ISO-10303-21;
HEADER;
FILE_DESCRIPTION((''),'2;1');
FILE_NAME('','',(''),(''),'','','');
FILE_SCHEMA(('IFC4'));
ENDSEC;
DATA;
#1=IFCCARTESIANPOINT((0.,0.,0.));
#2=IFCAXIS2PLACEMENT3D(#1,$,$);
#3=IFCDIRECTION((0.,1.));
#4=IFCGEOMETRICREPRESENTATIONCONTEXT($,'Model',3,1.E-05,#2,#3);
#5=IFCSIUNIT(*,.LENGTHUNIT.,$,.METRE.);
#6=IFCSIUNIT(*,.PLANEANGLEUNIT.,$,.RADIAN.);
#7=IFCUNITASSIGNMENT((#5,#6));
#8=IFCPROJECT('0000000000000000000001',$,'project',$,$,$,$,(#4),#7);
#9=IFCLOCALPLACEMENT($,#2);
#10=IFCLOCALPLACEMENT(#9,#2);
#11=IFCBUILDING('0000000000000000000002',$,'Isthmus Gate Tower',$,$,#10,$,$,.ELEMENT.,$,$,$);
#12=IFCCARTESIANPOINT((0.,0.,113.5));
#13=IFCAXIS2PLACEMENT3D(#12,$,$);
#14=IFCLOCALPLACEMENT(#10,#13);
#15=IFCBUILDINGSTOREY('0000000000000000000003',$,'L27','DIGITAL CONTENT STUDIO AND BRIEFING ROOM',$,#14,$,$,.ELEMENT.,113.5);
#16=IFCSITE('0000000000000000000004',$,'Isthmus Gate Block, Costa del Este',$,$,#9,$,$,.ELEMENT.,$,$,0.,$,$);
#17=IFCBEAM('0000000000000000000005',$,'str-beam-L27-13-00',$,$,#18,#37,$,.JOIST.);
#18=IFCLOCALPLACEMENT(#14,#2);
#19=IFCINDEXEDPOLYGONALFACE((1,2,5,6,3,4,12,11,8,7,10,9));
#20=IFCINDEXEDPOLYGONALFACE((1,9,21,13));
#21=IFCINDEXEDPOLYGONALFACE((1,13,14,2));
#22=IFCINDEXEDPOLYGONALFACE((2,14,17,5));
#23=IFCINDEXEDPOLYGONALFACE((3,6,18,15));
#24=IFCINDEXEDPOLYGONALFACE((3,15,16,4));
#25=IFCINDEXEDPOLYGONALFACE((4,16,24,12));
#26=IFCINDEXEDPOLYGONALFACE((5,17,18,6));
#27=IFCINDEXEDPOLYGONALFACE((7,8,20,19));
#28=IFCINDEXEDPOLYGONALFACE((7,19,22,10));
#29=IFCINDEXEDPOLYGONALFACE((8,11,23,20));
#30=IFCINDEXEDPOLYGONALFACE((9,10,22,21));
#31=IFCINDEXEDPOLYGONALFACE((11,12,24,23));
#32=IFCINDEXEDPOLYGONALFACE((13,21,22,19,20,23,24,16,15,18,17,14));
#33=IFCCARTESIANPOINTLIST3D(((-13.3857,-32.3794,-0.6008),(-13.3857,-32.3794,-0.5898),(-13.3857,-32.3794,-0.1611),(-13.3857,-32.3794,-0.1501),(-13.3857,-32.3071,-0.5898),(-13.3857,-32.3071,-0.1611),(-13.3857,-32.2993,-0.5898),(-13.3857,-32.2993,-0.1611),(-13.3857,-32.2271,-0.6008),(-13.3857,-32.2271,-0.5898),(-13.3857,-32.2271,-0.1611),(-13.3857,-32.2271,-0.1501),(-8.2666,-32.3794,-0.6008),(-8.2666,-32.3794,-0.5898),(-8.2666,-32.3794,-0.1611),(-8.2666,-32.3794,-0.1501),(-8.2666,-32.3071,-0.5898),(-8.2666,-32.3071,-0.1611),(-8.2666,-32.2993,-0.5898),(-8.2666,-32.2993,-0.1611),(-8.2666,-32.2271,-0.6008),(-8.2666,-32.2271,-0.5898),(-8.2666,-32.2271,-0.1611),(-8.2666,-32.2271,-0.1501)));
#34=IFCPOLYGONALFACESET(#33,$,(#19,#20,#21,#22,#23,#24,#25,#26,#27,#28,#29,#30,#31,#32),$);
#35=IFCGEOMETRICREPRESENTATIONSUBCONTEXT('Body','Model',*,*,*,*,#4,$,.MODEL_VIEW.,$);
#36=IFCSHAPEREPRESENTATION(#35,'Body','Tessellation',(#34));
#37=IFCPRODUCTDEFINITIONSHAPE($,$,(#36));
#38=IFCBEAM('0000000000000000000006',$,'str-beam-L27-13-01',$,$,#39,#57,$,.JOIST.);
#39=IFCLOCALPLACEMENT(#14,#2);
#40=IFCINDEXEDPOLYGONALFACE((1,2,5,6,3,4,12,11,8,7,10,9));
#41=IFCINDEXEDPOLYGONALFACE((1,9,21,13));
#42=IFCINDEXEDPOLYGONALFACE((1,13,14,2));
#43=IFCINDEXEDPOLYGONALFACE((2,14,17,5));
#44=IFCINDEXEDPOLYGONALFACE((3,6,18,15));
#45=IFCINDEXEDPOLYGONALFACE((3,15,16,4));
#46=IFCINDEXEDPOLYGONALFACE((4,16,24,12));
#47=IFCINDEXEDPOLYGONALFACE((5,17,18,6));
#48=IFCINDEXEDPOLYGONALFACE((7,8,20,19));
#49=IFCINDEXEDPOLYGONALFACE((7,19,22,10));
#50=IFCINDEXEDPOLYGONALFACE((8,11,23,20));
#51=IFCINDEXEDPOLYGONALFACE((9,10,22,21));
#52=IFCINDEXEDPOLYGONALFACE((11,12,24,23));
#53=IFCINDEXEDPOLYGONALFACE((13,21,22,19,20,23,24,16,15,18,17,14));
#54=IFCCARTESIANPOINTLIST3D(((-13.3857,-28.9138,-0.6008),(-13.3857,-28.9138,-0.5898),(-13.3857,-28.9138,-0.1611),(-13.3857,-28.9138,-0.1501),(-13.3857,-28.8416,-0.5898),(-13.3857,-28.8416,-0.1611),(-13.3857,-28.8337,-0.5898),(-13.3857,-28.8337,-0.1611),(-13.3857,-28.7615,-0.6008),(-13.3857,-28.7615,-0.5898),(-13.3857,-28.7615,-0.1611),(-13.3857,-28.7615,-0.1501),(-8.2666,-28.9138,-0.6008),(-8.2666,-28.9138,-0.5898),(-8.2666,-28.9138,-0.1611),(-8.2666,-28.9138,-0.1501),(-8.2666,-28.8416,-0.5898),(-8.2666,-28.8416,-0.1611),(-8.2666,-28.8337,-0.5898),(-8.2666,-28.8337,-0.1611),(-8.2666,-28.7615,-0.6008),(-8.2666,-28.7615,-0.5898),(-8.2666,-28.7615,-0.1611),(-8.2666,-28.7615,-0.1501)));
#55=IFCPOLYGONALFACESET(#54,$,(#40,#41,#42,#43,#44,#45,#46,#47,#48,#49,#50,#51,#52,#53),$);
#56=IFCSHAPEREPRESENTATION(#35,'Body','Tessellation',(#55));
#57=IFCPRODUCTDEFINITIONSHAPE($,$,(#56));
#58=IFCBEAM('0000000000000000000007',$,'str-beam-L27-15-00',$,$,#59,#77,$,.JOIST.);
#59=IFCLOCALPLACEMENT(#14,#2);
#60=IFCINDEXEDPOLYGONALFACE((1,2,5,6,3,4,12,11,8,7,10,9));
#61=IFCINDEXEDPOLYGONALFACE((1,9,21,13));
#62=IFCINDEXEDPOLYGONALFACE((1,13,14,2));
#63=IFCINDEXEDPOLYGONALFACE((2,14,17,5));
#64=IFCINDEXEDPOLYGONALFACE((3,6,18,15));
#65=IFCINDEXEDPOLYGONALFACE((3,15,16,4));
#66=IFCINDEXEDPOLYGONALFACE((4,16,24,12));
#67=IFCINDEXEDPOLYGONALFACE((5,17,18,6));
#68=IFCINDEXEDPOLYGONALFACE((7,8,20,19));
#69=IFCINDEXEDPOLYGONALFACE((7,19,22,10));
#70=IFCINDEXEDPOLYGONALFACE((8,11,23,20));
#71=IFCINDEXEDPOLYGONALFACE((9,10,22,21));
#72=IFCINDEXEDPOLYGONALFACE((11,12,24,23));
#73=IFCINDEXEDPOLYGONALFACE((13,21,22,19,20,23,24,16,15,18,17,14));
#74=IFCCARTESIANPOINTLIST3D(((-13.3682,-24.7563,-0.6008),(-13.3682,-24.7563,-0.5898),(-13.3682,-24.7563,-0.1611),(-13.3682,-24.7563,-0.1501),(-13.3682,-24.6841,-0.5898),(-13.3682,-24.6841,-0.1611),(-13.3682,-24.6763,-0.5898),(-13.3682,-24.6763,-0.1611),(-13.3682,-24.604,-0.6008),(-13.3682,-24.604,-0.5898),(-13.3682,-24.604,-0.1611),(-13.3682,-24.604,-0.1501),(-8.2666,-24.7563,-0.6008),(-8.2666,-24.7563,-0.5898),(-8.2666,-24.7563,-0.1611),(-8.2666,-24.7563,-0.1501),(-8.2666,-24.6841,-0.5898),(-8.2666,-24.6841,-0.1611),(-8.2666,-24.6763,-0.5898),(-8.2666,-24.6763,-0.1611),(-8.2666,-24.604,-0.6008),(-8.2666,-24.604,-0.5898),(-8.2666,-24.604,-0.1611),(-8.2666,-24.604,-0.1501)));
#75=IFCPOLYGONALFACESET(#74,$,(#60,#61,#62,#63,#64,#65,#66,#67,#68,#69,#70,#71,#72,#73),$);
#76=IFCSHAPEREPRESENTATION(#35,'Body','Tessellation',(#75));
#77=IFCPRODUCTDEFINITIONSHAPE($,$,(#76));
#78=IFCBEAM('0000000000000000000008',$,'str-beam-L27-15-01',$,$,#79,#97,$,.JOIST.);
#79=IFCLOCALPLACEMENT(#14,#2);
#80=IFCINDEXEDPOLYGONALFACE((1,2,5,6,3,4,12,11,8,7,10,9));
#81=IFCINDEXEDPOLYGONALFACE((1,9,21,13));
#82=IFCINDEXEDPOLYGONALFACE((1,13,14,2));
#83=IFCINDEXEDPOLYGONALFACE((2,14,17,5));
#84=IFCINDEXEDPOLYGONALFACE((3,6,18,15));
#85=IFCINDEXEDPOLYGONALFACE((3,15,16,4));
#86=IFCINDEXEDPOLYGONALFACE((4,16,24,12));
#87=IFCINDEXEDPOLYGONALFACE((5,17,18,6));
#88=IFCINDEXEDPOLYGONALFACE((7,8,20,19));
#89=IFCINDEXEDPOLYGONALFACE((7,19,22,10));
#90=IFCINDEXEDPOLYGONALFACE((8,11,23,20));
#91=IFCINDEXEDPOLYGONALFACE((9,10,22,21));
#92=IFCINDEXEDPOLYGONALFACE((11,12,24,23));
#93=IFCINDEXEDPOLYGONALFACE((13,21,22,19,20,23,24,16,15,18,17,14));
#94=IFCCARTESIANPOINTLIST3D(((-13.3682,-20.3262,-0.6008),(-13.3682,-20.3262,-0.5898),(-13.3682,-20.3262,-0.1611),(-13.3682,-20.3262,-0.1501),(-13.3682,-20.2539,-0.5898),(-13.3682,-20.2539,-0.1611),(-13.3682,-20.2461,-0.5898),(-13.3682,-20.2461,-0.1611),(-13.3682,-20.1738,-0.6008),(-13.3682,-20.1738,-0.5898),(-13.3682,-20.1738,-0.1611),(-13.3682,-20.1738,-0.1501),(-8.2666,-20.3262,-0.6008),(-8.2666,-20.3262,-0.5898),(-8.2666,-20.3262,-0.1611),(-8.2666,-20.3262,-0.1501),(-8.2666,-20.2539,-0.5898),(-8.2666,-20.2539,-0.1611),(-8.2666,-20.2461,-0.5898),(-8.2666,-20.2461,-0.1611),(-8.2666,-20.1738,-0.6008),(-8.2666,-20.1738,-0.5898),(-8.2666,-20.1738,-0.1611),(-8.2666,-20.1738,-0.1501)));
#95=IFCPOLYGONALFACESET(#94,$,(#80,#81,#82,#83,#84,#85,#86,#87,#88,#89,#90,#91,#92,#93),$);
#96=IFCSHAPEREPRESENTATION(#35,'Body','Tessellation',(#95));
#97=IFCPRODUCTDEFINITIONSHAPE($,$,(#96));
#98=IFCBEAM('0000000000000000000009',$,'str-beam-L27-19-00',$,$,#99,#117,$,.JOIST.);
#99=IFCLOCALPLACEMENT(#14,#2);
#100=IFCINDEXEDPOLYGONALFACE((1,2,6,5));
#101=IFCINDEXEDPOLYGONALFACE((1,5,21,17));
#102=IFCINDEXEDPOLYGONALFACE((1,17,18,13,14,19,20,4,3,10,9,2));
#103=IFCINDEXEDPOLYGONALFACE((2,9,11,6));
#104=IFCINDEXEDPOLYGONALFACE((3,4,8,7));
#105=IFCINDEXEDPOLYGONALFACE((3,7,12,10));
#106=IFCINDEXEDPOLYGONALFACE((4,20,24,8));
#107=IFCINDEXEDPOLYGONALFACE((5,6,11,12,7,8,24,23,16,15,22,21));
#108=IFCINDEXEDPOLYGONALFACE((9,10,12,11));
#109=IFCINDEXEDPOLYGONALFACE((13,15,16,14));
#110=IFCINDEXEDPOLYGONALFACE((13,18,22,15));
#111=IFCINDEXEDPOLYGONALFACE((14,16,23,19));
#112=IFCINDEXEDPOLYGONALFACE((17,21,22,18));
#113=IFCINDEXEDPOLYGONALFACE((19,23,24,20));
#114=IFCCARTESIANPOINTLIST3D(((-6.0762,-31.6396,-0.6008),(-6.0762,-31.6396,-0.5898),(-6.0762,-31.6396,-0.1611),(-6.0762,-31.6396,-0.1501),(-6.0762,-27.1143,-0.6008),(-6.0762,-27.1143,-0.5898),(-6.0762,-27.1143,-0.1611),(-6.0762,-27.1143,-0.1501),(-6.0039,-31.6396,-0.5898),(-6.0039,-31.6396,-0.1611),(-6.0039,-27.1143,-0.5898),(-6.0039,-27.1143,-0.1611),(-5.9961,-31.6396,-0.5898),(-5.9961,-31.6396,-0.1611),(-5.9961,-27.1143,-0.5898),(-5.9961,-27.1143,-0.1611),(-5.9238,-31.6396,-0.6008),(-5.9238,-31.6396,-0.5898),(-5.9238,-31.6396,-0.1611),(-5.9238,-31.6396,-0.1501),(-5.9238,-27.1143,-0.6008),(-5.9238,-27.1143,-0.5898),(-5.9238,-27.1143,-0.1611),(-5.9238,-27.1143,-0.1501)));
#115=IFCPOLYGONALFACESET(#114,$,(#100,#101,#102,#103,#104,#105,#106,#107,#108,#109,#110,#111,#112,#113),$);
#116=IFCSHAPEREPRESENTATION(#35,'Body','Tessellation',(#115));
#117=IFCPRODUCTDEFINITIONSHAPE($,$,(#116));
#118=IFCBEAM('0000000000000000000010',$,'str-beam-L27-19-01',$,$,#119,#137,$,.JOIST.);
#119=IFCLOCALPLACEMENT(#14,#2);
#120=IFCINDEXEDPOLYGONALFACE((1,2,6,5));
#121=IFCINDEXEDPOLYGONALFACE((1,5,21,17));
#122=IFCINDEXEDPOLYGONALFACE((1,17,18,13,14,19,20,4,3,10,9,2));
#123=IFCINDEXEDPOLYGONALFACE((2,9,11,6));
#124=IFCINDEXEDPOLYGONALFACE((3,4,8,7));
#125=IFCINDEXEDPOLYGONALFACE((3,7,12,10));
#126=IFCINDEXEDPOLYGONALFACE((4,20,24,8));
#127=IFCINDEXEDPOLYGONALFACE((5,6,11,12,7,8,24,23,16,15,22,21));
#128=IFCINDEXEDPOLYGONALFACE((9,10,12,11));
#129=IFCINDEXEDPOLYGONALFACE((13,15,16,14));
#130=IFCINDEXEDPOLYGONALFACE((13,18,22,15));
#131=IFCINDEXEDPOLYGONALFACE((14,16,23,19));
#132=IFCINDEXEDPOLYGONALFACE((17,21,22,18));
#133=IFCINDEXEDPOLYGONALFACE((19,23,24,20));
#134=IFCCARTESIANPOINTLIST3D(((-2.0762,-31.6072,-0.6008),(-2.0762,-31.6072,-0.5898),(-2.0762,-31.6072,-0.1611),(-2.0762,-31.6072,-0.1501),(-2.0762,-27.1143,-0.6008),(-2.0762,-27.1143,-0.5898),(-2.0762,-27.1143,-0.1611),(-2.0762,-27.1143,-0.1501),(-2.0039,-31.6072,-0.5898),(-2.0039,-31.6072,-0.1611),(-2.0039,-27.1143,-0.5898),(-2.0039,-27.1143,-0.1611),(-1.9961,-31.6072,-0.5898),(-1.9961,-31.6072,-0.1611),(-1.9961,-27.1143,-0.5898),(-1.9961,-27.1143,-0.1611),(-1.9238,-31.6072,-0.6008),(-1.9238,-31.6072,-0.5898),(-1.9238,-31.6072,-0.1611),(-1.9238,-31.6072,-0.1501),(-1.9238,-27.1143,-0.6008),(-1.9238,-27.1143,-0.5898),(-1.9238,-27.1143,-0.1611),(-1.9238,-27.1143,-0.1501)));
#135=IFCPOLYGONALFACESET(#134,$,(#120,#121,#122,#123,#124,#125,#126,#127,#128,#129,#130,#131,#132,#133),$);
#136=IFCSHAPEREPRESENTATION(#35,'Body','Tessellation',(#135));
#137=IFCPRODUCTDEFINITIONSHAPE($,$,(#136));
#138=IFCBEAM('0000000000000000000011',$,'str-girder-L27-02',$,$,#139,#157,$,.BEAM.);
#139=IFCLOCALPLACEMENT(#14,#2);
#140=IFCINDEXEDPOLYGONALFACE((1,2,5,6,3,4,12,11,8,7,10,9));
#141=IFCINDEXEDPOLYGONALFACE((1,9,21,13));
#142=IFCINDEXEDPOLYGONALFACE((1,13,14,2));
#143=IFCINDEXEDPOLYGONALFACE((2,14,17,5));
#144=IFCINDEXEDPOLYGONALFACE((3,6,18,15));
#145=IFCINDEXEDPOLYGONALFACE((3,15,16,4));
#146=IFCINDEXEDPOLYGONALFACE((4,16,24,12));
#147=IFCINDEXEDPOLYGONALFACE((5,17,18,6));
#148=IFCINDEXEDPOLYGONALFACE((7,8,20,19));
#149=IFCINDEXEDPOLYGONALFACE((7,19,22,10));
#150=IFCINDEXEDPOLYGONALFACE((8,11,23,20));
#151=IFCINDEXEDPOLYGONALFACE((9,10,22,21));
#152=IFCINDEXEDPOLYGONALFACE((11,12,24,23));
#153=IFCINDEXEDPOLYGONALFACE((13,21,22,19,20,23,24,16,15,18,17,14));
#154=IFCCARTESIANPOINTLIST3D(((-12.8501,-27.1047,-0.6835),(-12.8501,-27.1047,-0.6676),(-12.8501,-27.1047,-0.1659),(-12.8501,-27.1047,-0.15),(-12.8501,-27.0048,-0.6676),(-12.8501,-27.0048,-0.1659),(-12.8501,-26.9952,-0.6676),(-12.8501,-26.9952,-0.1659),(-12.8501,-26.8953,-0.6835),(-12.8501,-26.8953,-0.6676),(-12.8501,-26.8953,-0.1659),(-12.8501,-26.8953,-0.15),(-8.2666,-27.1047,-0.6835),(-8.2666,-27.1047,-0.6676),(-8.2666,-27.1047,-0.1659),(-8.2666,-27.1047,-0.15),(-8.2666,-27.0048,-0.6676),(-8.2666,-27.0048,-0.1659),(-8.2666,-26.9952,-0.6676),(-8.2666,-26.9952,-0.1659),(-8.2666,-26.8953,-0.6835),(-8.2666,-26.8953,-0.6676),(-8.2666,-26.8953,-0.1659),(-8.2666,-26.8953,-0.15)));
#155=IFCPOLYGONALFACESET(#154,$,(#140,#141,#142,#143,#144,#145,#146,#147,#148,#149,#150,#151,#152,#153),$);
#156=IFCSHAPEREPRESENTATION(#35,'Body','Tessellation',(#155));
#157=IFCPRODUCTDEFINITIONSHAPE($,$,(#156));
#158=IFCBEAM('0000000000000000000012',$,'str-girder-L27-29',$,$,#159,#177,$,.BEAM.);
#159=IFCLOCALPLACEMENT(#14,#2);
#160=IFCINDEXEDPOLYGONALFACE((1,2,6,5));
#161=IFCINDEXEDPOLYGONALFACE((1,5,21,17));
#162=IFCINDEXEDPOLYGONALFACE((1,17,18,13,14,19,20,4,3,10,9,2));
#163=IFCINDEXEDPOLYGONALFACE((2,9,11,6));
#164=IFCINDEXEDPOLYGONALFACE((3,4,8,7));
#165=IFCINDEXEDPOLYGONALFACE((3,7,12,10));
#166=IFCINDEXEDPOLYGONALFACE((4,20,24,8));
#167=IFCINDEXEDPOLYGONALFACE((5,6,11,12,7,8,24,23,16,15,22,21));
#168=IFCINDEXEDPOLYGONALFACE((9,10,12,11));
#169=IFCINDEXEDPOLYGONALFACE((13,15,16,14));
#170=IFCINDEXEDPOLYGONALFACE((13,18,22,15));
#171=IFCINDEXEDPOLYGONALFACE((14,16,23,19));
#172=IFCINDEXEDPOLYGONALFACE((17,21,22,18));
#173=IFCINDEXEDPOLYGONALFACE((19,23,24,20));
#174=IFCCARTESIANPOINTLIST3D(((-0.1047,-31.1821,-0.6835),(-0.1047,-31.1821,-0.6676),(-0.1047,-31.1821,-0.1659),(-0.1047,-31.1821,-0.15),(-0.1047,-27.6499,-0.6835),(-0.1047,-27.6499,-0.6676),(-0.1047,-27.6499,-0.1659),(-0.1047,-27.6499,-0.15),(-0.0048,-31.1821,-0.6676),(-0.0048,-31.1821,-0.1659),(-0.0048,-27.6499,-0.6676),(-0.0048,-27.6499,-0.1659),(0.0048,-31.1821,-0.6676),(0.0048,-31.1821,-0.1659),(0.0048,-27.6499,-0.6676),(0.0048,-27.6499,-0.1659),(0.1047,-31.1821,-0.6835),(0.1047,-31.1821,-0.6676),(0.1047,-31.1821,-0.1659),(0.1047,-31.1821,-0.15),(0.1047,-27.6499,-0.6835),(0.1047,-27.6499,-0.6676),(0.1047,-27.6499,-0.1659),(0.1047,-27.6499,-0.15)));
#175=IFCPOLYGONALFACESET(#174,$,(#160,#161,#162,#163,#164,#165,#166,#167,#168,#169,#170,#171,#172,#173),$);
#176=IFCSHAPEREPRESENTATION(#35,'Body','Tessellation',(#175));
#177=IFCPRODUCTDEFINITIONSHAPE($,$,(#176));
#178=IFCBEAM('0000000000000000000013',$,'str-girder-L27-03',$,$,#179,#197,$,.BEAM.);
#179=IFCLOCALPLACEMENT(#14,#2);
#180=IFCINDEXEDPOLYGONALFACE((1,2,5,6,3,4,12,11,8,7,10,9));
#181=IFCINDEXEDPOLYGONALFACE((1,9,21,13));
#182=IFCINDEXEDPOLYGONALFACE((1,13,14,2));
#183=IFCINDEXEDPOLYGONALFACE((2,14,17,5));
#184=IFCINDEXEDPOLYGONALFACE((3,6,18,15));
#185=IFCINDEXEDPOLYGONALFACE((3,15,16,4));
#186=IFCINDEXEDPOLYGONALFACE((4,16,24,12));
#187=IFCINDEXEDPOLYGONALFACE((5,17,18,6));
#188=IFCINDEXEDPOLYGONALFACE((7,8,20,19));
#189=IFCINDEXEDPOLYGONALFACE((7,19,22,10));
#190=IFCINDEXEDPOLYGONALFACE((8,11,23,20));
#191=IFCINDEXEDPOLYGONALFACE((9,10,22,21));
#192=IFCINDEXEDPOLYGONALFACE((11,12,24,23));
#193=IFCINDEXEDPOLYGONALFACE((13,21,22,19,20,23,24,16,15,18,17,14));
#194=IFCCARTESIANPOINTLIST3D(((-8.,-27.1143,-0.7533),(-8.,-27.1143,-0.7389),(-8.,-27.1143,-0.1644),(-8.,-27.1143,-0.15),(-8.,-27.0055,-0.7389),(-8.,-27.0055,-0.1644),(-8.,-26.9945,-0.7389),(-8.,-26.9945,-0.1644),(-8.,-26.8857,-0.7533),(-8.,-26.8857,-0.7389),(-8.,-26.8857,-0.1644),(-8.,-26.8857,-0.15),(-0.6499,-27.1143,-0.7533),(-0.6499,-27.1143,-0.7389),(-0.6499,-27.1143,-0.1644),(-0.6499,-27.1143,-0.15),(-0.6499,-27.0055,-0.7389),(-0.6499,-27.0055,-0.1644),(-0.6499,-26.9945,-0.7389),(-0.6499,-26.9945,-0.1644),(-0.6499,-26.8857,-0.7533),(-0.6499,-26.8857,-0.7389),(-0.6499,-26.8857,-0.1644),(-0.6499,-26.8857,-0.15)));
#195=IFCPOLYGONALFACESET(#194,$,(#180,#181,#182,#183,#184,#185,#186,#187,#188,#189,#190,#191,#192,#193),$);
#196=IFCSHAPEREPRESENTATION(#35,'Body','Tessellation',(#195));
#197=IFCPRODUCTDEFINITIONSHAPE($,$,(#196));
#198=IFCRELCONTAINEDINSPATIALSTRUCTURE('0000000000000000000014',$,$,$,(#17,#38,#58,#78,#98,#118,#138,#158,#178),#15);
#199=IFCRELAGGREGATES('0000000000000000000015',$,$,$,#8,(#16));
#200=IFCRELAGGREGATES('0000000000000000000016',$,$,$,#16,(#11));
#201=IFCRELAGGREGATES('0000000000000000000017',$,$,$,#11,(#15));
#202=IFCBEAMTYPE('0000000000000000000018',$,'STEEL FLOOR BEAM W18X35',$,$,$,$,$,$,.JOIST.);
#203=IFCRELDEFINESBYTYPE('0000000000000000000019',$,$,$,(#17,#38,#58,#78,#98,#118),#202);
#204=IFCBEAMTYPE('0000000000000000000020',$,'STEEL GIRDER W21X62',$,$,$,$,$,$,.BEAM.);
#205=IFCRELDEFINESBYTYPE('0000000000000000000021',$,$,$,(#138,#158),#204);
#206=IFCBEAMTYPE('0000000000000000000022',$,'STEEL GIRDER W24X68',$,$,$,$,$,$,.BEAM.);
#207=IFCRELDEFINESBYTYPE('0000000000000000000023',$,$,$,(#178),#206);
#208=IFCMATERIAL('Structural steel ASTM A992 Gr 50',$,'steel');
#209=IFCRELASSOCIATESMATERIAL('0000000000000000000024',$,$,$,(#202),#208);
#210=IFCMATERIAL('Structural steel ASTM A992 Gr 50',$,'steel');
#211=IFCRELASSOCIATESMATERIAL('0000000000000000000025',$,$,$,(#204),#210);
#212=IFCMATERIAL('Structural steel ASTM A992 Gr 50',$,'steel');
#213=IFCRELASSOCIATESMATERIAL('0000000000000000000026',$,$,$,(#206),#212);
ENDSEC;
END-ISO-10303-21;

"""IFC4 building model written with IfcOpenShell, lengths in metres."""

from ifc_helpers import new_model, si_unit, direction, frame, origin, origin_2d, place, context, subcontext, project, spatial, i_section, extrude, material, material_profile, profile_set, type_object, element, save


model = new_model("IFC4")

# Units and contexts
model_context = context("Model", 3, precision=1e-05, world=origin(), true_north=direction((0.0, 1.0)))
body_context = subcontext(model_context, "Body", "Model", "MODEL_VIEW")
ifc_project = project(units=[si_unit("LENGTHUNIT", "METRE"), si_unit("PLANEANGLEUNIT", "RADIAN")], contexts=[model_context])

# Site, building, storey
site_placement = place(None, origin())
site = spatial("IfcSite", under=ifc_project, at=site_placement, Name="Isthmus Gate Block, Costa del Este", CompositionType="ELEMENT", RefElevation=0.0)
building_placement = place(site_placement, origin())
building = spatial("IfcBuilding", under=site, at=building_placement, Name="Isthmus Gate Tower", CompositionType="ELEMENT")
storey_placement = place(building_placement, frame((0.0, 0.0, 113.5)))
storey = spatial("IfcBuildingStorey", under=building, at=storey_placement, Name="L27", Description="DIGITAL CONTENT STUDIO AND BRIEFING ROOM", CompositionType="ELEMENT", Elevation=113.5)

# Beams
ifc_material_1 = material(Name="Structural steel ASTM A992 Gr 50", Category="steel")
ifc_material_profile_1 = material_profile(ifc_material_1, i_section(OverallWidth=0.1523, OverallDepth=0.4507, WebThickness=0.0078, FlangeThickness=0.011, at=origin_2d()), Name="W18X35")
ifc_profile_set_1 = profile_set([ifc_material_profile_1], Name="Structural steel ASTM A992 Gr 50")
beam_type_1 = type_object("IfcBeamType", Name="STEEL FLOOR BEAM W18X35", PredefinedType="JOIST", material=ifc_profile_set_1)
for number, where, z_axis, x_axis, name in (
    (1, (-13.3857, -32.3032, -0.3755), (1.0, 0.0, 0.0), (0.0, 1.0, 0.0), "str-beam-L27-13-00"),
    (2, (-13.3857, -28.8376, -0.3755), (1.0, 0.0, 0.0), (0.0, 1.0, 0.0), "str-beam-L27-13-01"),
):
    element("IfcBeam", number, at=place(storey_placement, frame(where, z_axis=z_axis, x_axis=x_axis)), inside=storey, type_object=beam_type_1, Name=name, PredefinedType="JOIST", context=body_context, shape_type="SweptSolid", body=[
        extrude(i_section(OverallWidth=0.1523, OverallDepth=0.4507, WebThickness=0.0078, FlangeThickness=0.011, at=origin_2d()), origin(), (0.0, 0.0, 1.0), 5.1191),
    ])
for number, where, z_axis, x_axis, name in (
    (3, (-13.3682, -24.6802, -0.3755), (1.0, 0.0, 0.0), (0.0, 1.0, 0.0), "str-beam-L27-15-00"),
    (4, (-13.3682, -20.25, -0.3755), (1.0, 0.0, 0.0), (0.0, 1.0, 0.0), "str-beam-L27-15-01"),
):
    element("IfcBeam", number, at=place(storey_placement, frame(where, z_axis=z_axis, x_axis=x_axis)), inside=storey, type_object=beam_type_1, Name=name, PredefinedType="JOIST", context=body_context, shape_type="SweptSolid", body=[
        extrude(i_section(OverallWidth=0.1523, OverallDepth=0.4507, WebThickness=0.0078, FlangeThickness=0.011, at=origin_2d()), origin(), (0.0, 0.0, 1.0), 5.1016),
    ])
beam_1_placement = place(storey_placement, frame((-6.0, -31.6396, -0.3755), z_axis=(0.0, 1.0, 0.0), x_axis=(-1.0, 0.0, 0.0)))
element("IfcBeam", 5, at=beam_1_placement, inside=storey, type_object=beam_type_1, Name="str-beam-L27-19-00", PredefinedType="JOIST", context=body_context, shape_type="SweptSolid", body=[
    extrude(i_section(OverallWidth=0.1523, OverallDepth=0.4507, WebThickness=0.0078, FlangeThickness=0.011, at=origin_2d()), origin(), (0.0, 0.0, 1.0), 4.5254),
])
beam_2_placement = place(storey_placement, frame((-2.0, -31.6072, -0.3755), z_axis=(0.0, 1.0, 0.0), x_axis=(-1.0, 0.0, 0.0)))
element("IfcBeam", 6, at=beam_2_placement, inside=storey, type_object=beam_type_1, Name="str-beam-L27-19-01", PredefinedType="JOIST", context=body_context, shape_type="SweptSolid", body=[
    extrude(i_section(OverallWidth=0.1523, OverallDepth=0.4507, WebThickness=0.0078, FlangeThickness=0.011, at=origin_2d()), origin(), (0.0, 0.0, 1.0), 4.4929),
])
ifc_material_2 = material(Name="Structural steel ASTM A992 Gr 50", Category="steel")
ifc_material_profile_2 = material_profile(ifc_material_2, i_section(OverallWidth=0.2095, OverallDepth=0.5334, WebThickness=0.0095, FlangeThickness=0.0159, at=origin_2d()), Name="W21X62")
ifc_profile_set_2 = profile_set([ifc_material_profile_2], Name="Structural steel ASTM A992 Gr 50")
beam_type_2 = type_object("IfcBeamType", Name="STEEL GIRDER W21X62", PredefinedType="BEAM", material=ifc_profile_set_2)
beam_3_placement = place(storey_placement, frame((-12.8501, -27.0, -0.4167), z_axis=(1.0, 0.0, 0.0), x_axis=(0.0, 1.0, 0.0)))
element("IfcBeam", 7, at=beam_3_placement, inside=storey, type_object=beam_type_2, Name="str-girder-L27-02", PredefinedType="BEAM", context=body_context, shape_type="SweptSolid", body=[
    extrude(i_section(OverallWidth=0.2095, OverallDepth=0.5334, WebThickness=0.0095, FlangeThickness=0.0159, at=origin_2d()), origin(), (0.0, 0.0, 1.0), 4.5835),
])
beam_4_placement = place(storey_placement, frame((0.0, -31.1821, -0.4167), z_axis=(0.0, 1.0, 0.0), x_axis=(-1.0, 0.0, 0.0)))
element("IfcBeam", 8, at=beam_4_placement, inside=storey, type_object=beam_type_2, Name="str-girder-L27-29", PredefinedType="BEAM", context=body_context, shape_type="SweptSolid", body=[
    extrude(i_section(OverallWidth=0.2095, OverallDepth=0.5334, WebThickness=0.0095, FlangeThickness=0.0159, at=origin_2d()), origin(), (0.0, 0.0, 1.0), 3.5322),
])
ifc_material_3 = material(Name="Structural steel ASTM A992 Gr 50", Category="steel")
ifc_material_profile_3 = material_profile(ifc_material_3, i_section(OverallWidth=0.2285, OverallDepth=0.6033, WebThickness=0.011, FlangeThickness=0.0144, at=origin_2d()), Name="W24X68")
ifc_profile_set_3 = profile_set([ifc_material_profile_3], Name="Structural steel ASTM A992 Gr 50")
beam_type_3 = type_object("IfcBeamType", Name="STEEL GIRDER W24X68", PredefinedType="BEAM", material=ifc_profile_set_3)
beam_5_placement = place(storey_placement, frame((-8.0, -27.0, -0.4517), z_axis=(1.0, 0.0, 0.0), x_axis=(0.0, 1.0, 0.0)))
element("IfcBeam", 9, at=beam_5_placement, inside=storey, type_object=beam_type_3, Name="str-girder-L27-03", PredefinedType="BEAM", context=body_context, shape_type="SweptSolid", body=[
    extrude(i_section(OverallWidth=0.2285, OverallDepth=0.6033, WebThickness=0.011, FlangeThickness=0.0144, at=origin_2d()), origin(), (0.0, 0.0, 1.0), 7.3501),
])

save(model, "model.ifc")
